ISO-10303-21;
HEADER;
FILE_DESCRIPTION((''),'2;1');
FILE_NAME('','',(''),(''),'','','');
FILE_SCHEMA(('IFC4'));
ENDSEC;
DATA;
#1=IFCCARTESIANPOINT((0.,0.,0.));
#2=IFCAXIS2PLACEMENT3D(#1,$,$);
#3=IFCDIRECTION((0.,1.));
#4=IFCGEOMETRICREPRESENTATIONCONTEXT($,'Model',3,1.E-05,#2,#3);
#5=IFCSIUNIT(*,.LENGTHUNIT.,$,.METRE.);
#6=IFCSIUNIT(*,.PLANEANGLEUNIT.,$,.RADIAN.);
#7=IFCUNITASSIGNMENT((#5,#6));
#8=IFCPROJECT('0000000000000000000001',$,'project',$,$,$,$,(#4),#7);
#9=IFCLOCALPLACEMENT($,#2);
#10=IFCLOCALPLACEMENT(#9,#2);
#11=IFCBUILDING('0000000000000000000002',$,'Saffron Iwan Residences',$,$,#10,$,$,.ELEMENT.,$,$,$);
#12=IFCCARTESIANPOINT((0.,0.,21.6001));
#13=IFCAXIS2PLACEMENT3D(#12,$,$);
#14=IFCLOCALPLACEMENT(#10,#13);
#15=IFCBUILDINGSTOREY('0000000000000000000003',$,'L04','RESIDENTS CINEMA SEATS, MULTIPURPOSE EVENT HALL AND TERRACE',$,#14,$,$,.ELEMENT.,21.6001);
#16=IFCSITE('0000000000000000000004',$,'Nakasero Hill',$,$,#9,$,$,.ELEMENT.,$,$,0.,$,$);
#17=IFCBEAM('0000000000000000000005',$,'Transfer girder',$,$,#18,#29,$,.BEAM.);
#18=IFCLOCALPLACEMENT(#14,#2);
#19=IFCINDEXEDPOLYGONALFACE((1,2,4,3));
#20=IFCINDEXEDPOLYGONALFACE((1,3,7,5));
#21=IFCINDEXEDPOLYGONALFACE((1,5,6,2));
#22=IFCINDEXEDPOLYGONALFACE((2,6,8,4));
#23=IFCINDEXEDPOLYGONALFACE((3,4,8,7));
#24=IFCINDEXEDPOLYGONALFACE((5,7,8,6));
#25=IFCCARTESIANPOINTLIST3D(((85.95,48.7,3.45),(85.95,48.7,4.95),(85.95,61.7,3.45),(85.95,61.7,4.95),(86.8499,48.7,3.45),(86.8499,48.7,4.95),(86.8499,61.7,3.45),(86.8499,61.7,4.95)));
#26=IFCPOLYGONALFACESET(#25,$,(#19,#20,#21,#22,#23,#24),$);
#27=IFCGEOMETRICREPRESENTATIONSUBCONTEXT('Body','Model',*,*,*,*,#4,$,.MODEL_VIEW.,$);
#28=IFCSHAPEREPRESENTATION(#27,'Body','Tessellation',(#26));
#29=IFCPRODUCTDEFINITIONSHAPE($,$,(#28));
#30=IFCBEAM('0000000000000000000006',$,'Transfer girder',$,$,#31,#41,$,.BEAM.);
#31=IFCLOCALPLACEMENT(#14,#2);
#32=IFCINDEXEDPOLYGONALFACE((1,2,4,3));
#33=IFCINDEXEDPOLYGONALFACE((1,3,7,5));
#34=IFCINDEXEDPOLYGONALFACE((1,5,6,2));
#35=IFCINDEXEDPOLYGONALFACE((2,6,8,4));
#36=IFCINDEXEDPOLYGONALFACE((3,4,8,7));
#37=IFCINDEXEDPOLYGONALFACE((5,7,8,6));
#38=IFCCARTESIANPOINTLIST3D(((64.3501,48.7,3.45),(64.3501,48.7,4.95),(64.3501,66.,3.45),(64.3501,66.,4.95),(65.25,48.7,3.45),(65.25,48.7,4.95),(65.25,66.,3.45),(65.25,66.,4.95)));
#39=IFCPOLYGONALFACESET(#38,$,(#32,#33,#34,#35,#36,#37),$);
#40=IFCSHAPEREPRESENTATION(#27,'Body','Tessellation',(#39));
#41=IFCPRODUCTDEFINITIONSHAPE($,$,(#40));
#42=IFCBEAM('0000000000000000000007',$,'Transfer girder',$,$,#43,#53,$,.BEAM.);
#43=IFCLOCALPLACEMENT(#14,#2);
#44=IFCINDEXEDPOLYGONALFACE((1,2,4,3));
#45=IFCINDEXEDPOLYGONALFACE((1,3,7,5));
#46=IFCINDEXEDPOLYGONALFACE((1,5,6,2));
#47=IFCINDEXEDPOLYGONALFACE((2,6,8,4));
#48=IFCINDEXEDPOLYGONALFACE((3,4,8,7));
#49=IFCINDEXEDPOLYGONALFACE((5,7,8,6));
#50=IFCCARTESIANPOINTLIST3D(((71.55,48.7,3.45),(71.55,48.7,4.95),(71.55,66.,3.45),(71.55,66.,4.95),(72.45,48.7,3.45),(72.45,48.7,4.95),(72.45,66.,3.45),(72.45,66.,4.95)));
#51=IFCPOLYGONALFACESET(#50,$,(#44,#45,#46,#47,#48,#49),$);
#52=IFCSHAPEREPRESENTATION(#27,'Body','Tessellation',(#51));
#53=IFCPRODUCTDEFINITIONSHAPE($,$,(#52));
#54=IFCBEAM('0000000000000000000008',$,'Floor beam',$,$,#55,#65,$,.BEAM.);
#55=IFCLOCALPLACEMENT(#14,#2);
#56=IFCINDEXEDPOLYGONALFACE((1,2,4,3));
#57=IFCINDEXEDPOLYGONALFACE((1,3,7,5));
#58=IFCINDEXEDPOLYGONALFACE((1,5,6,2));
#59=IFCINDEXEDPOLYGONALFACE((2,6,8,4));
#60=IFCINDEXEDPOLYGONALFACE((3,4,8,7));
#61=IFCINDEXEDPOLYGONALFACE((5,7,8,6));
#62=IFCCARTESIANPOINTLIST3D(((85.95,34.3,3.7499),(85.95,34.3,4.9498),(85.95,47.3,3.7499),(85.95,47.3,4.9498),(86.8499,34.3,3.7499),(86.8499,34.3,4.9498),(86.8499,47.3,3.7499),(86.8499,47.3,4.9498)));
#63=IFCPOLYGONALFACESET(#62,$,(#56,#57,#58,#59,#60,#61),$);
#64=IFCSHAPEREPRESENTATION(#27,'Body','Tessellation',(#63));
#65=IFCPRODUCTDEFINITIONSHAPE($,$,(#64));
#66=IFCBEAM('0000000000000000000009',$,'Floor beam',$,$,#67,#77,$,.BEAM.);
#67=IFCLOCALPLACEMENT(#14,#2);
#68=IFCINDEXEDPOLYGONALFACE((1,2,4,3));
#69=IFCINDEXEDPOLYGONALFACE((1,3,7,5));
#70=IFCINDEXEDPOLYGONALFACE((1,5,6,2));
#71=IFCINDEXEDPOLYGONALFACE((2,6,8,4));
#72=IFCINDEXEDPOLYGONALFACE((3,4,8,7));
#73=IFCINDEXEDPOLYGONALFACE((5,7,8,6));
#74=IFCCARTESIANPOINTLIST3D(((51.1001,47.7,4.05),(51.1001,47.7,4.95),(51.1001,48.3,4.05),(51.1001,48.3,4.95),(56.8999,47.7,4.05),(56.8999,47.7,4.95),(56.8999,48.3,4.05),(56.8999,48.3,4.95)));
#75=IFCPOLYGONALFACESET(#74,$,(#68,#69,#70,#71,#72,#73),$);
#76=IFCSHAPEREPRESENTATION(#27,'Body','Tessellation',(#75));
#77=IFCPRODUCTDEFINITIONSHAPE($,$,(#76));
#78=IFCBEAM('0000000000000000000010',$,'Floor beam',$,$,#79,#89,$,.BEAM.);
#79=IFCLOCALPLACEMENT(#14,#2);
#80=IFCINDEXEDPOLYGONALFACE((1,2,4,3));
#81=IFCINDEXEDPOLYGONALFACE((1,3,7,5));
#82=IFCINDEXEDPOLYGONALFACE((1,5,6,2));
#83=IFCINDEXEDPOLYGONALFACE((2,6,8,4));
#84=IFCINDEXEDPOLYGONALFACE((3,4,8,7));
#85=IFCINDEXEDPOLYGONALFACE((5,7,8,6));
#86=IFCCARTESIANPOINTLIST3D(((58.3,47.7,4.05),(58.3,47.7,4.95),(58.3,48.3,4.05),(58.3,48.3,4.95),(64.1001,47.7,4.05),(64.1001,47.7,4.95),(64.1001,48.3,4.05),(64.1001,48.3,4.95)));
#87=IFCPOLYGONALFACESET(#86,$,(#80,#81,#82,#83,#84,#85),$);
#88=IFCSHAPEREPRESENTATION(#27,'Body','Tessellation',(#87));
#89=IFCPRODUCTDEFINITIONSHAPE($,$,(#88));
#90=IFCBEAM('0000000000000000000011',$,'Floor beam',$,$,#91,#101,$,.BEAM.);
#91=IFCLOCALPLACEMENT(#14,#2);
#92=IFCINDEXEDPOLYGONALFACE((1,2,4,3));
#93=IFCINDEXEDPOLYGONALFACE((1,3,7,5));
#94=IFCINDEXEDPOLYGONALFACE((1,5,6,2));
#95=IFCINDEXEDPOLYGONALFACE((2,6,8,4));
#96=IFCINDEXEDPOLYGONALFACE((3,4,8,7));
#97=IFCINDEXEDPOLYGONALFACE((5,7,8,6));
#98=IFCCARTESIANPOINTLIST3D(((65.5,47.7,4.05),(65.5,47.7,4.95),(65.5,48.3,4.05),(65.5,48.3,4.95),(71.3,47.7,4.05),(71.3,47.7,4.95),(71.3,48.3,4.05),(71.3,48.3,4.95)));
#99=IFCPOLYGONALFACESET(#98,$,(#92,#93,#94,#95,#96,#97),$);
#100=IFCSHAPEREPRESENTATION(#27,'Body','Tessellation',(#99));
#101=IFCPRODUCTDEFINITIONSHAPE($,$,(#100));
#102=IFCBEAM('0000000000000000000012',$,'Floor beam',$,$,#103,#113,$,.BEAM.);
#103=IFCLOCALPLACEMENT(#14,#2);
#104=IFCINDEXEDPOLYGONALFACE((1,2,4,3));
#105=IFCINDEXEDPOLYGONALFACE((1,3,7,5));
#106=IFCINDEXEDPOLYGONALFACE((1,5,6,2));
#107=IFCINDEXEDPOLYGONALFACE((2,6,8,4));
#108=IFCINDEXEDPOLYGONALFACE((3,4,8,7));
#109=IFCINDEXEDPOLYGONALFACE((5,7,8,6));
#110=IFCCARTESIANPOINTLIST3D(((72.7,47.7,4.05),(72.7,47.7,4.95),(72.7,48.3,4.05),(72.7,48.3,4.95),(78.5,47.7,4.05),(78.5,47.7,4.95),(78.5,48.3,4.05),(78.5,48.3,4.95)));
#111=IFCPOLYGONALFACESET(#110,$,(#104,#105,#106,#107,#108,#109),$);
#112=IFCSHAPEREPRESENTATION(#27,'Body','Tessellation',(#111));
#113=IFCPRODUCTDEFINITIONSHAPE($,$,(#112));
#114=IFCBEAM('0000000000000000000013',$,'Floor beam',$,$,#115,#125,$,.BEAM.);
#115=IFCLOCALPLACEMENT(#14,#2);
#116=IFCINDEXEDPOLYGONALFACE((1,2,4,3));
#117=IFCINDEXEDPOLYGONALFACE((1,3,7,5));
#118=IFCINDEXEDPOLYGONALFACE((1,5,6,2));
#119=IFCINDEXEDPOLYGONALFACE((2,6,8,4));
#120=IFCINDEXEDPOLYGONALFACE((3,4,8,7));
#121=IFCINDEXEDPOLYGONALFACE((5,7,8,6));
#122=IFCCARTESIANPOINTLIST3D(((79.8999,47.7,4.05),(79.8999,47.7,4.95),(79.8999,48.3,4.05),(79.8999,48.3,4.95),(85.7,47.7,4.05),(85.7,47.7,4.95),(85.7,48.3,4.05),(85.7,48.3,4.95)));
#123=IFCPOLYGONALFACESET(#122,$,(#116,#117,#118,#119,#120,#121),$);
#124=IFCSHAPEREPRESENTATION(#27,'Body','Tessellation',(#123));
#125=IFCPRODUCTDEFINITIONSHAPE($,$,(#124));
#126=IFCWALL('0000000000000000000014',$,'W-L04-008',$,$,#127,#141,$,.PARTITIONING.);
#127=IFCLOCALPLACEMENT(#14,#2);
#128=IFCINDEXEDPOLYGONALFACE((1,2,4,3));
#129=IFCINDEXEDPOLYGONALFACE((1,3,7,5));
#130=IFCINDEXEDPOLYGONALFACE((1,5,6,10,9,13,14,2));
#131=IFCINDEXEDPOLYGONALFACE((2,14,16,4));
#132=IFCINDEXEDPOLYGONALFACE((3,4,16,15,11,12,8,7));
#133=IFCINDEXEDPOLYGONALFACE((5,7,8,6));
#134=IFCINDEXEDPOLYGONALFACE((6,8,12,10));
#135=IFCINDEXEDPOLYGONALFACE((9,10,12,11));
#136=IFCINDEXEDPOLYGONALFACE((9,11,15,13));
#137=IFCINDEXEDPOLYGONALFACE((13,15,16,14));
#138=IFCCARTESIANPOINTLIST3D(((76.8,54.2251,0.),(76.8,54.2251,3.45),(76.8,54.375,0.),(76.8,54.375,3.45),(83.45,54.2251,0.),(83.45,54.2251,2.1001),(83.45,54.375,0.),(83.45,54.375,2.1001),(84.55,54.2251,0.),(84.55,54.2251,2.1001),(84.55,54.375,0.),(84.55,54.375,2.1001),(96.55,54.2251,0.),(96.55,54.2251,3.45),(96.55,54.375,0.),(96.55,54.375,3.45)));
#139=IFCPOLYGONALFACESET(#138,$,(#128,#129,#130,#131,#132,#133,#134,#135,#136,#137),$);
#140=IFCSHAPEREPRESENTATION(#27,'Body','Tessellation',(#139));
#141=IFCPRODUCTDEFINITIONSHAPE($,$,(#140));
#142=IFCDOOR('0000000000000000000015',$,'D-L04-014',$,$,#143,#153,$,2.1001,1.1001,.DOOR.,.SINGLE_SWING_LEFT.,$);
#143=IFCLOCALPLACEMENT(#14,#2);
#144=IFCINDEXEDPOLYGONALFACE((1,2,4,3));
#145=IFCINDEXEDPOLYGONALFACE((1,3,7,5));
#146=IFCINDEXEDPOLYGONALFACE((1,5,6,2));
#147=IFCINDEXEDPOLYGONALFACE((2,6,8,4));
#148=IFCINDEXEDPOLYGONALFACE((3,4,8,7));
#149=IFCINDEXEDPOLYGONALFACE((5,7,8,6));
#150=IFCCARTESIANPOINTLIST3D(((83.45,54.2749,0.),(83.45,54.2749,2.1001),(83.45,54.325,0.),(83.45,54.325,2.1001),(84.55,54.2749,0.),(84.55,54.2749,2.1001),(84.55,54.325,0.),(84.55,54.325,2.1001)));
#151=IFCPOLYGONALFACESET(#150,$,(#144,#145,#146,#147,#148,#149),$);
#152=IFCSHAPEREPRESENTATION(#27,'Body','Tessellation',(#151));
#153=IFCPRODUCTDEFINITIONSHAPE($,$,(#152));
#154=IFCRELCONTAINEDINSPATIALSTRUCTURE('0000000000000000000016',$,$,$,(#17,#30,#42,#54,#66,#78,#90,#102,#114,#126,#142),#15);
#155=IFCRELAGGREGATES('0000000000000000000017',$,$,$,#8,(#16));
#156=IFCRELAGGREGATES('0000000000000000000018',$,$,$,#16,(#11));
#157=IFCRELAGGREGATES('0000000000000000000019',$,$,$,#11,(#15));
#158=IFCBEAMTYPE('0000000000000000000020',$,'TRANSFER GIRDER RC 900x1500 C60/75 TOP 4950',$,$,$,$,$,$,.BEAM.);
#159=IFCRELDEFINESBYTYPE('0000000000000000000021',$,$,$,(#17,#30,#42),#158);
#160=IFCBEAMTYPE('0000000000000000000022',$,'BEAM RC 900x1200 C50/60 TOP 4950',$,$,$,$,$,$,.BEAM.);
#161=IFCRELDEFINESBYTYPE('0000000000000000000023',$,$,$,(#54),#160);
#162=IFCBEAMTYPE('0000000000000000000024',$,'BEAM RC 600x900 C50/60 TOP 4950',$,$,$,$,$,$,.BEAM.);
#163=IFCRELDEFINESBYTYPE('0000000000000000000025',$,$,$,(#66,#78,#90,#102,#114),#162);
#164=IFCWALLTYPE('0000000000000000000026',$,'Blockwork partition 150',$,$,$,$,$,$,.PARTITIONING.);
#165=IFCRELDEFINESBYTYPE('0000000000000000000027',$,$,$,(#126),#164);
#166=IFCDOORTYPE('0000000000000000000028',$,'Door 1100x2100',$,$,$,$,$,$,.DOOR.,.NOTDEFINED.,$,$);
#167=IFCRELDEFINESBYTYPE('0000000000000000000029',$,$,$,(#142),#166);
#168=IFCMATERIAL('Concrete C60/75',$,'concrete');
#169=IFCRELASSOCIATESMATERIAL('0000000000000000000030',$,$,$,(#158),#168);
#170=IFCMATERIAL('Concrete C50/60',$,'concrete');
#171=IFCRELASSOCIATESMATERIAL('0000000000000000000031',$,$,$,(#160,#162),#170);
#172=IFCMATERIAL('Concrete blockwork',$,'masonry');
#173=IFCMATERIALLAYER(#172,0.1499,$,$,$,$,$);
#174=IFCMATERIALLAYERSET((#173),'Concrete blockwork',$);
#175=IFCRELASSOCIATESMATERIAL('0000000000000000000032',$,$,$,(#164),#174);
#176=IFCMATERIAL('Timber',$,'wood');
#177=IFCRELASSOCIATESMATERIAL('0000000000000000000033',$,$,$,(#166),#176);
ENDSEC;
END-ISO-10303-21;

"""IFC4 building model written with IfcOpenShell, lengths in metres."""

from ifc_helpers import new_model, si_unit, direction, frame, frame_2d, origin, origin_2d, place, context, subcontext, project, spatial, rectangle, extrude, source, transform, mapped, material, layer, layer_set, material_profile, profile_set, type_object, element, fill, save


model = new_model("IFC4")

# Units and contexts
model_context = context("Model", 3, precision=1e-05, world=origin(), true_north=direction((0.0, 1.0)))
body_context = subcontext(model_context, "Body", "Model", "MODEL_VIEW")
ifc_project = project(units=[si_unit("LENGTHUNIT", "METRE"), si_unit("PLANEANGLEUNIT", "RADIAN")], contexts=[model_context])

# Site, building, storey
site_placement = place(None, origin())
site = spatial("IfcSite", under=ifc_project, at=site_placement, Name="Nakasero Hill", CompositionType="ELEMENT", RefElevation=0.0)
building_placement = place(site_placement, origin())
building = spatial("IfcBuilding", under=site, at=building_placement, Name="Saffron Iwan Residences", CompositionType="ELEMENT")
storey_placement = place(building_placement, frame((0.0, 0.0, 21.6001)))
storey = spatial("IfcBuildingStorey", under=building, at=storey_placement, Name="L04", Description="RESIDENTS CINEMA SEATS, MULTIPURPOSE EVENT HALL AND TERRACE", CompositionType="ELEMENT", Elevation=21.6001)

# Shared definitions
ifc_material_1 = material(Name="Concrete C50/60", Category="concrete")

# Beams
ifc_material_2 = material(Name="Concrete C60/75", Category="concrete")
ifc_material_profile_1 = material_profile(ifc_material_2, rectangle(XDim=0.8999, YDim=1.5, at=origin_2d()), Name="RC 900x1500")
ifc_profile_set_1 = profile_set([ifc_material_profile_1], Name="Concrete C60/75")
beam_type_1 = type_object("IfcBeamType", Name="TRANSFER GIRDER RC 900x1500 C60/75 TOP 4950", PredefinedType="BEAM", material=ifc_profile_set_1)
shared_shape_1 = source(origin(), body_context, "Body", "SweptSolid", [
    extrude(rectangle(XDim=0.8999, YDim=1.5, at=origin_2d()), origin(), (0.0, 0.0, 1.0), 13.0),
])
for number, where, z_axis, x_axis, name in (
    (1, (86.3999, 48.7, 4.2), (0.0, 1.0, 0.0), (-1.0, 0.0, 0.0), "Transfer girder"),
):
    element("IfcBeam", number, at=place(storey_placement, frame(where, z_axis=z_axis, x_axis=x_axis)), inside=storey, type_object=beam_type_1, Name=name, PredefinedType="BEAM", context=body_context, shape_type="MappedRepresentation", body=[
        mapped(shared_shape_1, transform((0.0, 0.0, 0.0))),
    ])
shared_shape_2 = source(origin(), body_context, "Body", "SweptSolid", [
    extrude(rectangle(XDim=0.8999, YDim=1.5, at=origin_2d()), origin(), (0.0, 0.0, 1.0), 17.3),
])
for number, where, z_axis, x_axis, name in (
    (2, (64.8, 48.7, 4.2), (0.0, 1.0, 0.0), (-1.0, 0.0, 0.0), "Transfer girder"),
    (3, (72.0, 48.7, 4.2), (0.0, 1.0, 0.0), (-1.0, 0.0, 0.0), "Transfer girder"),
):
    element("IfcBeam", number, at=place(storey_placement, frame(where, z_axis=z_axis, x_axis=x_axis)), inside=storey, type_object=beam_type_1, Name=name, PredefinedType="BEAM", context=body_context, shape_type="MappedRepresentation", body=[
        mapped(shared_shape_2, transform((0.0, 0.0, 0.0))),
    ])
ifc_material_profile_2 = material_profile(ifc_material_1, rectangle(XDim=0.8999, YDim=1.2, at=origin_2d()), Name="RC 900x1200")
ifc_profile_set_2 = profile_set([ifc_material_profile_2], Name="Concrete C50/60")
beam_type_2 = type_object("IfcBeamType", Name="BEAM RC 900x1200 C50/60 TOP 4950", PredefinedType="BEAM", material=ifc_profile_set_2)
shared_shape_3 = source(origin(), body_context, "Body", "SweptSolid", [
    extrude(rectangle(XDim=0.8999, YDim=1.2, at=origin_2d()), origin(), (0.0, 0.0, 1.0), 13.0),
])
beam_1_placement = place(storey_placement, frame((86.3999, 34.3, 4.3499), z_axis=(0.0, 1.0, 0.0), x_axis=(-1.0, 0.0, 0.0)))
element("IfcBeam", 4, at=beam_1_placement, inside=storey, type_object=beam_type_2, Name="Floor beam", PredefinedType="BEAM", context=body_context, shape_type="MappedRepresentation", body=[
    mapped(shared_shape_3, transform((0.0, 0.0, 0.0))),
])
ifc_material_profile_3 = material_profile(ifc_material_1, rectangle(XDim=0.6001, YDim=0.8999, at=origin_2d()), Name="RC 600x900")
ifc_profile_set_3 = profile_set([ifc_material_profile_3], Name="Concrete C50/60")
beam_type_3 = type_object("IfcBeamType", Name="BEAM RC 600x900 C50/60 TOP 4950", PredefinedType="BEAM", material=ifc_profile_set_3)
shared_shape_4 = source(origin(), body_context, "Body", "SweptSolid", [
    extrude(rectangle(XDim=0.6001, YDim=0.8999, at=origin_2d()), origin(), (0.0, 0.0, 1.0), 5.7998),
])
beam_2_placement = place(storey_placement, frame((51.1001, 48.0, 4.5), z_axis=(1.0, 0.0, 0.0), x_axis=(0.0, 1.0, 0.0)))
element("IfcBeam", 5, at=beam_2_placement, inside=storey, type_object=beam_type_3, Name="Floor beam", PredefinedType="BEAM", context=body_context, shape_type="MappedRepresentation", body=[
    mapped(shared_shape_4, transform((0.0, 0.0, 0.0))),
])
shared_shape_5 = source(origin(), body_context, "Body", "SweptSolid", [
    extrude(rectangle(XDim=0.6001, YDim=0.8999, at=origin_2d()), origin(), (0.0, 0.0, 1.0), 5.8),
])
for number, where, z_axis, x_axis, name in (
    (6, (58.3, 48.0, 4.5), (1.0, 0.0, 0.0), (0.0, 1.0, 0.0), "Floor beam"),
    (7, (65.5, 48.0, 4.5), (1.0, 0.0, 0.0), (0.0, 1.0, 0.0), "Floor beam"),
    (8, (72.7, 48.0, 4.5), (1.0, 0.0, 0.0), (0.0, 1.0, 0.0), "Floor beam"),
    (9, (79.8999, 48.0, 4.5), (1.0, 0.0, 0.0), (0.0, 1.0, 0.0), "Floor beam"),
):
    element("IfcBeam", number, at=place(storey_placement, frame(where, z_axis=z_axis, x_axis=x_axis)), inside=storey, type_object=beam_type_3, Name=name, PredefinedType="BEAM", context=body_context, shape_type="MappedRepresentation", body=[
        mapped(shared_shape_5, transform((0.0, 0.0, 0.0))),
    ])

# Wall, opening, door
ifc_material_3 = material(Name="Concrete blockwork", Category="masonry")
ifc_layer_1 = layer(ifc_material_3, 0.1499)
ifc_layer_set_1 = layer_set([ifc_layer_1], Name="Concrete blockwork")
wall_type_1 = type_object("IfcWallType", Name="Blockwork partition 150", PredefinedType="PARTITIONING", material=ifc_layer_set_1)
wall_1_placement = place(storey_placement, frame((76.8, 54.3, 0.0), z_axis=(0.0, 0.0, 1.0), x_axis=(1.0, 0.0, 0.0)))
wall_1 = element("IfcWall", 10, at=wall_1_placement, inside=storey, type_object=wall_type_1, Name="W-L04-008", PredefinedType="PARTITIONING", context=body_context, shape_type="SweptSolid", body=[
    extrude(rectangle(XDim=19.75, YDim=0.1499, at=frame_2d((9.875, 0.0))), origin(), (0.0, 0.0, 1.0), 3.45),
])
opening_1_placement = place(wall_1_placement, frame((6.6499, 0.0, 0.0)))
opening_1 = element("IfcOpeningElement", 11, at=opening_1_placement, cuts=wall_1, PredefinedType="OPENING", context=body_context, shape_type="SweptSolid", body=[
    extrude(rectangle(XDim=1.1001, YDim=2.1001, at=frame_2d((0.55, 1.05))), frame((0.0, 0.085, 0.0), z_axis=(0.0, -1.0, 0.0), x_axis=(1.0, 0.0, 0.0)), (0.0, 0.0, 1.0), 0.1699),
])
ifc_material_4 = material(Name="Timber", Category="wood")
door_type_1 = type_object("IfcDoorType", Name="Door 1100x2100", OperationType="NOTDEFINED", PredefinedType="DOOR", material=ifc_material_4)
door_1_placement = place(opening_1_placement, origin())
door_1 = element("IfcDoor", 12, at=door_1_placement, inside=storey, type_object=door_type_1, Name="D-L04-014", OperationType="SINGLE_SWING_LEFT", OverallHeight=2.1001, OverallWidth=1.1001, PredefinedType="DOOR", context=body_context, shape_type="SweptSolid", body=[
    extrude(rectangle(XDim=1.1001, YDim=2.1001, at=frame_2d((0.55, 1.05))), frame((0.0, 0.0249, 0.0), z_axis=(0.0, -1.0, 0.0), x_axis=(1.0, 0.0, 0.0)), (0.0, 0.0, 1.0), 0.05),
])
fill(opening_1, door_1)

save(model, "model.ifc")
